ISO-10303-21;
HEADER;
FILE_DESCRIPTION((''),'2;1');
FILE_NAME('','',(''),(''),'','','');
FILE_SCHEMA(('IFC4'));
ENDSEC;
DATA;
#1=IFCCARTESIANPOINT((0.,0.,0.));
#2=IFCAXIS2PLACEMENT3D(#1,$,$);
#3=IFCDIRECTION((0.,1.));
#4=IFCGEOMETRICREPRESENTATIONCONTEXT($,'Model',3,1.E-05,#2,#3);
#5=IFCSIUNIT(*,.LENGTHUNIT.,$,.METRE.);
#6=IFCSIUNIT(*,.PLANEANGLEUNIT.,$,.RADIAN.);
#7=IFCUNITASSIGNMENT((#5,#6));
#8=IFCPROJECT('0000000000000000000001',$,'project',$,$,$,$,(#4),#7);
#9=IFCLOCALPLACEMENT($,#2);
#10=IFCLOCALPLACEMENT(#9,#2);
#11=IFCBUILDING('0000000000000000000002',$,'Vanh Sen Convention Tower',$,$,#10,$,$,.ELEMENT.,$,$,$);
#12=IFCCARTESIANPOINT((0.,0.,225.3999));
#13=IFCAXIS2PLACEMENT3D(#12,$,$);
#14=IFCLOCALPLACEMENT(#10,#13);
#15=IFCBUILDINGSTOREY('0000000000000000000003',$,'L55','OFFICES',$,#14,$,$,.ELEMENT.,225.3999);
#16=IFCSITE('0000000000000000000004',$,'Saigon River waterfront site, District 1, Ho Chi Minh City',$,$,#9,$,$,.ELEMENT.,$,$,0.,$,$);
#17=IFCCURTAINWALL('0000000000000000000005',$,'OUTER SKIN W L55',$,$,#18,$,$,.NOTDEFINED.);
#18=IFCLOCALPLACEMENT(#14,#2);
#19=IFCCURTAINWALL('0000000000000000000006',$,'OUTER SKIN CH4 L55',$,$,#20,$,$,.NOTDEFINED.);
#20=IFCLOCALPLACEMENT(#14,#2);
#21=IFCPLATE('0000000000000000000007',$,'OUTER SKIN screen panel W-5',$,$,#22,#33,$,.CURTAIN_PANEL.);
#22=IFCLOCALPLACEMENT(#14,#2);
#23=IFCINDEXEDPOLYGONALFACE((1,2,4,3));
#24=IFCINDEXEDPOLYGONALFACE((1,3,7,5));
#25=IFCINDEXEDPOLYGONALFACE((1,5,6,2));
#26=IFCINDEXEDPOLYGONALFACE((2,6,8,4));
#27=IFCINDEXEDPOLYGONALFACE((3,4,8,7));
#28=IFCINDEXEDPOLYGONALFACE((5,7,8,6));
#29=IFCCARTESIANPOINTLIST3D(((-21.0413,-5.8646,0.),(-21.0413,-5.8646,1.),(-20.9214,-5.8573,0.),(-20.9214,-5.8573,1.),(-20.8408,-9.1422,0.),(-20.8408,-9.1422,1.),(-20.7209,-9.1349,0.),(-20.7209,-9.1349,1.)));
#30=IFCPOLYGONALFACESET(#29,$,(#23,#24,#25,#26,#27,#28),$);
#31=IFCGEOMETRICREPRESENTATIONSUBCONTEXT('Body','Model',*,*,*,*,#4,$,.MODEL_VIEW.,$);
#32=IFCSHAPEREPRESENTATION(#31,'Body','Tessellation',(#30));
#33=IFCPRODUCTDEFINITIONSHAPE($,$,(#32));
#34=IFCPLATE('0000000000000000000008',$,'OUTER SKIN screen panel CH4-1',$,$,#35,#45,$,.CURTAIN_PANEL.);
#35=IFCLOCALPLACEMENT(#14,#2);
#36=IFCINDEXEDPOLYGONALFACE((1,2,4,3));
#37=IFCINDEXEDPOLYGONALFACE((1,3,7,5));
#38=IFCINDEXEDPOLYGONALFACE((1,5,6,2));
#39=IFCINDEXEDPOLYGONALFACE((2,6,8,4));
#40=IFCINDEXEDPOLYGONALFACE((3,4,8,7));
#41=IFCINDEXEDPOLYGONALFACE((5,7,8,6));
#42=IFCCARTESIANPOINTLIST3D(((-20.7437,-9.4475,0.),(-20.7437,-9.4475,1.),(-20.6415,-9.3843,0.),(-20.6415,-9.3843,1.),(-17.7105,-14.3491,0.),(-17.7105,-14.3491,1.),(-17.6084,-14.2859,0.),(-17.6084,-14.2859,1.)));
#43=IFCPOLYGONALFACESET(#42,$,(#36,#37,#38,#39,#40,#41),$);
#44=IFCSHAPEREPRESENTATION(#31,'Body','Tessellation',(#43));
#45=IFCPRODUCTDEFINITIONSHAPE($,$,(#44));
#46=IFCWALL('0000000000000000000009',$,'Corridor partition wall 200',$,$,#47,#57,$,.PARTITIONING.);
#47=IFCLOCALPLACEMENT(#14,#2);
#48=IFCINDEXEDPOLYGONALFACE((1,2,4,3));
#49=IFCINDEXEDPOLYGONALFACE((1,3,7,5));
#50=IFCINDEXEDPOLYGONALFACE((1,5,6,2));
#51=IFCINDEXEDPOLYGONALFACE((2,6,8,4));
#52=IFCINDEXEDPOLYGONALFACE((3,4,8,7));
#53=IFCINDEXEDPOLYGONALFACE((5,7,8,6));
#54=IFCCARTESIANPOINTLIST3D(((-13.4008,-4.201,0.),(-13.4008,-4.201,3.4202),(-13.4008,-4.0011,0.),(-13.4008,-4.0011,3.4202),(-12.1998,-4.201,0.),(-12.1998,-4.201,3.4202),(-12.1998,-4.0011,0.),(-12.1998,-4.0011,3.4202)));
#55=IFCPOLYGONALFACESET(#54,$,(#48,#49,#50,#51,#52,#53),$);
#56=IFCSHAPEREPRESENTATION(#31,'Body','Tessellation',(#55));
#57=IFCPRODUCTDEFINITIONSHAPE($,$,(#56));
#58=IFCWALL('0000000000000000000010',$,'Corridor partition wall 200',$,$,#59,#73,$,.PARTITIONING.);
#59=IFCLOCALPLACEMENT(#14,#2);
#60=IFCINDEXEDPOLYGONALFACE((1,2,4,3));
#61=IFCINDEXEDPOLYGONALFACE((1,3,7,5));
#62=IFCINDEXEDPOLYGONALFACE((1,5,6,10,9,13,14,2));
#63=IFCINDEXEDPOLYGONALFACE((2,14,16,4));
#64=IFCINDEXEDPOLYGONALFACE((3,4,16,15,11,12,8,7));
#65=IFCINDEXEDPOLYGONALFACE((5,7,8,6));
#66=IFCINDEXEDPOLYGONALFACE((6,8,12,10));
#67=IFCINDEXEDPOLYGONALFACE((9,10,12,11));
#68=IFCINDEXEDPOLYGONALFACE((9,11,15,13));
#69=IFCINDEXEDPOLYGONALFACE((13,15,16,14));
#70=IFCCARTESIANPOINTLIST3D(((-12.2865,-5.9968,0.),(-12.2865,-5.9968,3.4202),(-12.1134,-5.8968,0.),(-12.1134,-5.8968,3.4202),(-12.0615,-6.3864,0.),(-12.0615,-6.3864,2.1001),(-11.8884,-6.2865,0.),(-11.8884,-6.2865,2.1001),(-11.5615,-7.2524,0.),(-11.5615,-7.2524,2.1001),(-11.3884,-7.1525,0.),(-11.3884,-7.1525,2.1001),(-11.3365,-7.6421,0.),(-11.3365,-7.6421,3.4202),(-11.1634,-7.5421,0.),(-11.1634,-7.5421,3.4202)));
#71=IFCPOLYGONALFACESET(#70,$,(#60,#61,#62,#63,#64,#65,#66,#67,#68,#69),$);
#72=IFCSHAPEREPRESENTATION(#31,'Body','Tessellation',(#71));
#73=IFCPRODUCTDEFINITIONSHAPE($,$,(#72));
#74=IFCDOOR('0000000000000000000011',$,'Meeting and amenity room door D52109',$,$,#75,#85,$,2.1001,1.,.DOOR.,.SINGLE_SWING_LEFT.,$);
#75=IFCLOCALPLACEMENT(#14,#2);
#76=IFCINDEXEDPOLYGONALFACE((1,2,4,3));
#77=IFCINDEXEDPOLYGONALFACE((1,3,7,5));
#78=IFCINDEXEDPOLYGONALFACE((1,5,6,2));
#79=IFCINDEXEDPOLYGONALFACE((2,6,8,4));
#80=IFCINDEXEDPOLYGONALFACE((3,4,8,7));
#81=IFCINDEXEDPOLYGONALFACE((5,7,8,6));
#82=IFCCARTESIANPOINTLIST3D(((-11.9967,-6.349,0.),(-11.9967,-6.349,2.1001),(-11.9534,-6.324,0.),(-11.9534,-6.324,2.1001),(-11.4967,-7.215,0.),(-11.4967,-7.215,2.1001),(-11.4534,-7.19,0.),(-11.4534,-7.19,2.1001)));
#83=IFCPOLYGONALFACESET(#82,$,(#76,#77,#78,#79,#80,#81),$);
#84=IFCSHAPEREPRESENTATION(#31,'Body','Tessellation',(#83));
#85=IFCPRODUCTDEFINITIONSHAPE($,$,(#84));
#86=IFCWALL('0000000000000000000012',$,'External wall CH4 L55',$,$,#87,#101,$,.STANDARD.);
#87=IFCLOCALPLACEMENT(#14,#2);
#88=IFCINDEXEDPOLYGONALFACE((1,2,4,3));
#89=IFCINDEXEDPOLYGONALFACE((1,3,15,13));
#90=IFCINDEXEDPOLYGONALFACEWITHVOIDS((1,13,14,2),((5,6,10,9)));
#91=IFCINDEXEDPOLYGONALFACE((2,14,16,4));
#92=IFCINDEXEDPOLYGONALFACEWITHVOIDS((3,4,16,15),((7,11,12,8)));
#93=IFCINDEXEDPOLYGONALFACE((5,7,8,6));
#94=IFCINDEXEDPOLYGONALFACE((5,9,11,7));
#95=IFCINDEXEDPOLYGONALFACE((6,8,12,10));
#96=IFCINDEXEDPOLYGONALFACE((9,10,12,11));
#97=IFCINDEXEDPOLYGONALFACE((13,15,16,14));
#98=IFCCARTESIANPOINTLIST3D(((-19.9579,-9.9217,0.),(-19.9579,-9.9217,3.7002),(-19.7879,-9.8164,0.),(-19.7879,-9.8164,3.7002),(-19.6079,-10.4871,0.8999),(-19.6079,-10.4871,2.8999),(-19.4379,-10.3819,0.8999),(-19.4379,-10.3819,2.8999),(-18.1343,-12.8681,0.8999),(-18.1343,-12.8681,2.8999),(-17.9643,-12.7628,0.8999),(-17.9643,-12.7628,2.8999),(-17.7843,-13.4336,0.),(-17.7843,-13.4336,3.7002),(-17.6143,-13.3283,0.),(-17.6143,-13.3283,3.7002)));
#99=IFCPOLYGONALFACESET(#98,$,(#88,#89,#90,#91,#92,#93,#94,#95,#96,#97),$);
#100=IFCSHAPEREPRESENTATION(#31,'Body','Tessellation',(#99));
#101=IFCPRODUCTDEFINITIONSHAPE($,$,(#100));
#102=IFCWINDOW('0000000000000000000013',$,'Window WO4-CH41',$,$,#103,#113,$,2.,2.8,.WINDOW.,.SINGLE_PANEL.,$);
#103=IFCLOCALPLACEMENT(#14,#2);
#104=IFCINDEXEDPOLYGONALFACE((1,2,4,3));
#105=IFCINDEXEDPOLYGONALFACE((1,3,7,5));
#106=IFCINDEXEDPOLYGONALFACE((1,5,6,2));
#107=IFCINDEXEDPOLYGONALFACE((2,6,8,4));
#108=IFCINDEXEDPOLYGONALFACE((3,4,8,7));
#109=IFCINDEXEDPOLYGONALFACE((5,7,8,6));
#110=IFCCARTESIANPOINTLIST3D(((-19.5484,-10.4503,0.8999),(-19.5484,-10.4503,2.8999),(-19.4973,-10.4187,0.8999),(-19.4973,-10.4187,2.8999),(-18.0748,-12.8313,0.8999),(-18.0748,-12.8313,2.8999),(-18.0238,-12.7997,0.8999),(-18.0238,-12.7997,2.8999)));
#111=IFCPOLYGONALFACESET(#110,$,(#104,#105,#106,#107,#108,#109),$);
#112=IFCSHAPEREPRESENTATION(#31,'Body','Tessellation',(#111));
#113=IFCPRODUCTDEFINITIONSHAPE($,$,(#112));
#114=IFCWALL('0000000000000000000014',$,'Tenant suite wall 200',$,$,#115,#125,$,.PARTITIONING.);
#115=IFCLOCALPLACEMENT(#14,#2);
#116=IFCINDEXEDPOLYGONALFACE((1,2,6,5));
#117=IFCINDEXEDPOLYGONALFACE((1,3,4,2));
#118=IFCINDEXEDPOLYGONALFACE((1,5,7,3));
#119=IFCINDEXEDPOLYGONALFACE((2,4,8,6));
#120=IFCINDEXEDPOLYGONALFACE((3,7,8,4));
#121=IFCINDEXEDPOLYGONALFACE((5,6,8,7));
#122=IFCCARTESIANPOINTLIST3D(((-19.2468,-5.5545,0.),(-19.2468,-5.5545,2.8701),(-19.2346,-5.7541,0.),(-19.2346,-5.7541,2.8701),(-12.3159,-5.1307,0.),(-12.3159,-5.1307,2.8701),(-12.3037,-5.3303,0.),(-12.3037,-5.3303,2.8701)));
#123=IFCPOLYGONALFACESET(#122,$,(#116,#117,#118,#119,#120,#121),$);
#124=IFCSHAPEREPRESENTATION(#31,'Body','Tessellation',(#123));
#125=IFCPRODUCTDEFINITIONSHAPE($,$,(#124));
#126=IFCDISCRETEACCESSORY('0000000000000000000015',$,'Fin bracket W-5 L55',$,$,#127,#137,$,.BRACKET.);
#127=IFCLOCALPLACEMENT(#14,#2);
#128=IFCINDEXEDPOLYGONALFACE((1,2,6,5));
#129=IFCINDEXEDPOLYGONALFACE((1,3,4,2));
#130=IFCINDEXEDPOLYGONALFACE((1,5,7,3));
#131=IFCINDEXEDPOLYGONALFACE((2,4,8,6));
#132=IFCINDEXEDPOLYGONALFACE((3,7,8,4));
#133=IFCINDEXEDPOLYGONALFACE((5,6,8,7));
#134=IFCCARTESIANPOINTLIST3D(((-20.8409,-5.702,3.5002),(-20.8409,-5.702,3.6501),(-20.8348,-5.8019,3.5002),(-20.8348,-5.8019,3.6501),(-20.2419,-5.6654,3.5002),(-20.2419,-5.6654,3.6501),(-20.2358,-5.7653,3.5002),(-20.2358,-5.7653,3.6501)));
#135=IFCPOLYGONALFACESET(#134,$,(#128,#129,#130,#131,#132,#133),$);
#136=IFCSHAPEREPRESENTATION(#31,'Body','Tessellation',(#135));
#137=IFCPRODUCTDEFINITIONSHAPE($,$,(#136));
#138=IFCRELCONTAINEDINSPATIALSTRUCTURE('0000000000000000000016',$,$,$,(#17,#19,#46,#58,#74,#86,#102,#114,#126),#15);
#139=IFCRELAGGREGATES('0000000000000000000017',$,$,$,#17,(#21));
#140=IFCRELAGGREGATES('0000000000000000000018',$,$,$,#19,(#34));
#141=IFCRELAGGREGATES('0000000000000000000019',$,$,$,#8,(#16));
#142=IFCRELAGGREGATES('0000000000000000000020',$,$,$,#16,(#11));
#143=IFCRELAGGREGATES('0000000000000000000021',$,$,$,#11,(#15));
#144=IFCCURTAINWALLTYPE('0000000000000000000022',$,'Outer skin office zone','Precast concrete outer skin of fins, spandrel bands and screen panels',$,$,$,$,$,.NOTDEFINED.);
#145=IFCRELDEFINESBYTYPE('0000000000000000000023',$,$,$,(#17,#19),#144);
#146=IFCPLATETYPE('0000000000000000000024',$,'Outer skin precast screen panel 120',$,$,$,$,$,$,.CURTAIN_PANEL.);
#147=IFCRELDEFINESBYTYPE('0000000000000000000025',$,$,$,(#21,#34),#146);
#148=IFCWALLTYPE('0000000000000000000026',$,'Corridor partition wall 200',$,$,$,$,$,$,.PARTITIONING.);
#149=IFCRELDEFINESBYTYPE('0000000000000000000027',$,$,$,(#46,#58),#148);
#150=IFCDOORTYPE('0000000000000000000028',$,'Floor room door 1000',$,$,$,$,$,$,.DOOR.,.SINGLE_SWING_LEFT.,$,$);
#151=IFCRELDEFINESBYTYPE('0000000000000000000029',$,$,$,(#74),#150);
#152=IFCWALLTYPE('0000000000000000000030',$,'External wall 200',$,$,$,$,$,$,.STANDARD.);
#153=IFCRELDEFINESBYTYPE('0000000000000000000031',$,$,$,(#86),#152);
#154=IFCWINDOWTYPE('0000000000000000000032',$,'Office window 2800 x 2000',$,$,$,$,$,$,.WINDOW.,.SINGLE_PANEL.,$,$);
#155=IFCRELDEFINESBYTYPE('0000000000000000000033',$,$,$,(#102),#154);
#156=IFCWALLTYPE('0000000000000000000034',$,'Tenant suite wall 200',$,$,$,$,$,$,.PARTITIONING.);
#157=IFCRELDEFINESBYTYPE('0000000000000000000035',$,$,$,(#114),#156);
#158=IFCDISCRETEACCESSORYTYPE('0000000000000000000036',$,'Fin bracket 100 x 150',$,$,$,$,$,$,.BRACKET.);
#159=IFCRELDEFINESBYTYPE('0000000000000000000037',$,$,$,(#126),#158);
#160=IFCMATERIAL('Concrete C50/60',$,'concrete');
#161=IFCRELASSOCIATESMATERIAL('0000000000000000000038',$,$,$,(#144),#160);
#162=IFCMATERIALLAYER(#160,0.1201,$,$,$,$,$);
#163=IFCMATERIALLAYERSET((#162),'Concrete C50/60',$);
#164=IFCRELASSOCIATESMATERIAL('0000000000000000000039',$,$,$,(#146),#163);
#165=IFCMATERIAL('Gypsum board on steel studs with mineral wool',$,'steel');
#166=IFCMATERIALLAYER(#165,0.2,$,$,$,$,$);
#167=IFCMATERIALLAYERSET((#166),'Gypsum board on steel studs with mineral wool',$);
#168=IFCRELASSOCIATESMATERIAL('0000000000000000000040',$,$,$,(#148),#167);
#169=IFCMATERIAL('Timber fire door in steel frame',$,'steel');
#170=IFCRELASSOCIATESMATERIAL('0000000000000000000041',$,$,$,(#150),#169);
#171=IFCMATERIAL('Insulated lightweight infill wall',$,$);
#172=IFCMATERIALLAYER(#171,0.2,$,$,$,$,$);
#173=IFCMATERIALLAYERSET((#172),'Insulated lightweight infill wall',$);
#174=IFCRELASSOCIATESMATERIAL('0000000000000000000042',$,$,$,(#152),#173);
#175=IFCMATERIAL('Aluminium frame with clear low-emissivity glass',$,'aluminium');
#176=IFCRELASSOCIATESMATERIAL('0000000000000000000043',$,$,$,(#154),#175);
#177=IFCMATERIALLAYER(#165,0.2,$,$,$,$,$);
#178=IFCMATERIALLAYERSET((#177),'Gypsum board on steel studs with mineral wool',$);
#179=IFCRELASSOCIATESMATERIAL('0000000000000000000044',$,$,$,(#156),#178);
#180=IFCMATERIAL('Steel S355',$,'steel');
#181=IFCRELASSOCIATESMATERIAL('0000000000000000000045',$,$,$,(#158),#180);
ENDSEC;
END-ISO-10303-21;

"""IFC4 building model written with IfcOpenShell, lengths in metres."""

from ifc_helpers import new_model, si_unit, direction, frame, frame_2d, origin, origin_2d, place, context, subcontext, project, spatial, rectangle, extrude, material, layer, layer_set, type_object, element, fill, aggregate, save


model = new_model("IFC4")

# Units and contexts
model_context = context("Model", 3, precision=1e-05, world=origin(), true_north=direction((0.0, 1.0)))
body_context = subcontext(model_context, "Body", "Model", "MODEL_VIEW")
ifc_project = project(units=[si_unit("LENGTHUNIT", "METRE"), si_unit("PLANEANGLEUNIT", "RADIAN")], contexts=[model_context])

# Site, building, storey
site_placement = place(None, origin())
site = spatial("IfcSite", under=ifc_project, at=site_placement, Name="Saigon River waterfront site, District 1, Ho Chi Minh City", CompositionType="ELEMENT", RefElevation=0.0)
building_placement = place(site_placement, origin())
building = spatial("IfcBuilding", under=site, at=building_placement, Name="Vanh Sen Convention Tower", CompositionType="ELEMENT")
storey_placement = place(building_placement, frame((0.0, 0.0, 225.3999)))
storey = spatial("IfcBuildingStorey", under=building, at=storey_placement, Name="L55", Description="OFFICES", CompositionType="ELEMENT", Elevation=225.3999)

# Curtain wall
ifc_material_1 = material(Name="Concrete C50/60", Category="concrete")
curtain_wall_type = type_object("IfcCurtainWallType", Name="Outer skin office zone", Description="Precast concrete outer skin of fins, spandrel bands and screen panels", PredefinedType="NOTDEFINED", material=ifc_material_1)
curtain_wall_1_placement = place(storey_placement, origin())
curtain_wall_1 = element("IfcCurtainWall", 1, at=curtain_wall_1_placement, inside=storey, type_object=curtain_wall_type, Name="OUTER SKIN W L55", PredefinedType="NOTDEFINED")

# Curtain wall
curtain_wall_2_placement = place(storey_placement, origin())
curtain_wall_2 = element("IfcCurtainWall", 2, at=curtain_wall_2_placement, inside=storey, type_object=curtain_wall_type, Name="OUTER SKIN CH4 L55", PredefinedType="NOTDEFINED")

# Plates
ifc_layer_1 = layer(ifc_material_1, 0.1201)
ifc_layer_set_1 = layer_set([ifc_layer_1], Name="Concrete C50/60")
plate_type = type_object("IfcPlateType", Name="Outer skin precast screen panel 120", PredefinedType="CURTAIN_PANEL", material=ifc_layer_set_1)
plate_1_placement = place(storey_placement, frame((-20.8811, -7.4998, 0.0), z_axis=(0.0, 0.0, 1.0), x_axis=(0.061069, -0.998134, 0.0)))
plate_1 = element("IfcPlate", 3, at=plate_1_placement, type_object=plate_type, Name="OUTER SKIN screen panel W-5", PredefinedType="CURTAIN_PANEL", context=body_context, shape_type="SweptSolid", body=[
    extrude(rectangle(XDim=3.2837, YDim=0.1201, at=origin_2d()), origin(), (0.0, 0.0, 1.0), 1.0),
])
aggregate(curtain_wall_1, [plate_1])
plate_2_placement = place(storey_placement, frame((-19.176, -11.8667, 0.0), z_axis=(0.0, 0.0, 1.0), x_axis=(0.526215, -0.850351, 0.0)))
plate_2 = element("IfcPlate", 4, at=plate_2_placement, type_object=plate_type, Name="OUTER SKIN screen panel CH4-1", PredefinedType="CURTAIN_PANEL", context=body_context, shape_type="SweptSolid", body=[
    extrude(rectangle(XDim=5.7642, YDim=0.1201, at=origin_2d()), origin(), (0.0, 0.0, 1.0), 1.0),
])
aggregate(curtain_wall_2, [plate_2])

# Wall
ifc_material_2 = material(Name="Gypsum board on steel studs with mineral wool", Category="steel")
ifc_layer_2 = layer(ifc_material_2, 0.2)
ifc_layer_set_2 = layer_set([ifc_layer_2], Name="Gypsum board on steel studs with mineral wool")
wall_type_1 = type_object("IfcWallType", Name="Corridor partition wall 200", PredefinedType="PARTITIONING", material=ifc_layer_set_2)
wall_1_placement = place(storey_placement, frame((-13.4009, -4.1011, 0.0), z_axis=(0.0, 0.0, 1.0), x_axis=(1.0, 0.0, 0.0)))
element("IfcWall", 5, at=wall_1_placement, inside=storey, type_object=wall_type_1, Name="Corridor partition wall 200", PredefinedType="PARTITIONING", context=body_context, shape_type="SweptSolid", body=[
    extrude(rectangle(XDim=1.2009, YDim=0.2, at=frame_2d((0.6006, 0.0))), origin(), (0.0, 0.0, 1.0), 3.4202),
])

# Wall, opening, door
wall_2_placement = place(storey_placement, frame((-12.2, -5.9468, 0.0), z_axis=(0.0, 0.0, 1.0), x_axis=(0.500023, -0.866012, 0.0)))
wall_2 = element("IfcWall", 6, at=wall_2_placement, inside=storey, type_object=wall_type_1, Name="Corridor partition wall 200", PredefinedType="PARTITIONING", context=body_context, shape_type="SweptSolid", body=[
    extrude(rectangle(XDim=1.8999, YDim=0.2, at=frame_2d((0.95, 0.0))), origin(), (0.0, 0.0, 1.0), 3.4202),
])
opening_1_placement = place(wall_2_placement, frame((0.45, 0.0, 0.0)))
opening_1 = element("IfcOpeningElement", 7, at=opening_1_placement, cuts=wall_2, PredefinedType="OPENING", context=body_context, shape_type="SweptSolid", body=[
    extrude(rectangle(XDim=1.0, YDim=2.1001, at=frame_2d((0.5, 1.05))), frame((0.0, 0.1099, 0.0), z_axis=(0.0, -1.0, 0.0), x_axis=(1.0, 0.0, 0.0)), (0.0, 0.0, 1.0), 0.22),
])
ifc_material_3 = material(Name="Timber fire door in steel frame", Category="steel")
door_type = type_object("IfcDoorType", Name="Floor room door 1000", OperationType="SINGLE_SWING_LEFT", PredefinedType="DOOR", material=ifc_material_3)
door_placement = place(opening_1_placement, origin())
door = element("IfcDoor", 8, at=door_placement, inside=storey, type_object=door_type, Name="Meeting and amenity room door D52109", OperationType="SINGLE_SWING_LEFT", OverallHeight=2.1001, OverallWidth=1.0, PredefinedType="DOOR", context=body_context, shape_type="SweptSolid", body=[
    extrude(rectangle(XDim=1.0, YDim=2.1001, at=frame_2d((0.5, 1.05))), frame((0.0, 0.0249, 0.0), z_axis=(0.0, -1.0, 0.0), x_axis=(1.0, 0.0, 0.0)), (0.0, 0.0, 1.0), 0.05),
])
fill(opening_1, door)

# Wall, opening, window
ifc_material_4 = material(Name="Insulated lightweight infill wall")
ifc_layer_3 = layer(ifc_material_4, 0.2)
ifc_layer_set_3 = layer_set([ifc_layer_3], Name="Insulated lightweight infill wall")
wall_type_2 = type_object("IfcWallType", Name="External wall 200", PredefinedType="STANDARD", material=ifc_layer_set_3)
wall_3_placement = place(storey_placement, frame((-19.8728, -9.8691, 0.0), z_axis=(0.0, 0.0, 1.0), x_axis=(0.526269, -0.850318, 0.0)))
wall_3 = element("IfcWall", 9, at=wall_3_placement, inside=storey, type_object=wall_type_2, Name="External wall CH4 L55", PredefinedType="STANDARD", context=body_context, shape_type="SweptSolid", body=[
    extrude(rectangle(XDim=4.1301, YDim=0.2, at=frame_2d((2.0649, 0.0))), origin(), (0.0, 0.0, 1.0), 3.7002),
])
opening_2_placement = place(wall_3_placement, frame((0.665, 0.0, 0.8999)))
opening_2 = element("IfcOpeningElement", 10, at=opening_2_placement, cuts=wall_3, PredefinedType="OPENING", context=body_context, shape_type="SweptSolid", body=[
    extrude(rectangle(XDim=2.8, YDim=2.0, at=frame_2d((1.3999, 1.0))), frame((0.0, 0.1099, 0.0), z_axis=(0.0, -1.0, 0.0), x_axis=(1.0, 0.0, 0.0)), (0.0, 0.0, 1.0), 0.22),
])
ifc_material_5 = material(Name="Aluminium frame with clear low-emissivity glass", Category="aluminium")
window_type = type_object("IfcWindowType", Name="Office window 2800 x 2000", PartitioningType="SINGLE_PANEL", PredefinedType="WINDOW", material=ifc_material_5)
window_placement = place(opening_2_placement, origin())
window = element("IfcWindow", 11, at=window_placement, inside=storey, type_object=window_type, Name="Window WO4-CH41", OverallHeight=2.0, OverallWidth=2.8, PartitioningType="SINGLE_PANEL", PredefinedType="WINDOW", context=body_context, shape_type="SweptSolid", body=[
    extrude(rectangle(XDim=2.8, YDim=2.0, at=frame_2d((1.3999, 1.0))), frame((0.0, 0.03, 0.0), z_axis=(0.0, -1.0, 0.0), x_axis=(1.0, 0.0, 0.0)), (0.0, 0.0, 1.0), 0.0601),
])
fill(opening_2, window)

# Wall
ifc_layer_4 = layer(ifc_material_2, 0.2)
ifc_layer_set_4 = layer_set([ifc_layer_4], Name="Gypsum board on steel studs with mineral wool")
wall_type_3 = type_object("IfcWallType", Name="Tenant suite wall 200", PredefinedType="PARTITIONING", material=ifc_layer_set_4)
wall_4_placement = place(storey_placement, frame((-19.2407, -5.6543, 0.0), z_axis=(0.0, 0.0, 1.0), x_axis=(0.998136, 0.061036, 0.0)))
element("IfcWall", 12, at=wall_4_placement, inside=storey, type_object=wall_type_3, Name="Tenant suite wall 200", PredefinedType="PARTITIONING", context=body_context, shape_type="SweptSolid", body=[
    extrude(rectangle(XDim=6.9438, YDim=0.2, at=frame_2d((3.4719, 0.0))), origin(), (0.0, 0.0, 1.0), 2.8701),
])

# Discrete accessory
ifc_material_6 = material(Name="Steel S355", Category="steel")
discrete_accessory_type = type_object("IfcDiscreteAccessoryType", Name="Fin bracket 100 x 150", PredefinedType="BRACKET", material=ifc_material_6)
discrete_accessory_placement = place(storey_placement, frame((-20.5383, -5.7336, 3.5002), z_axis=(0.0, 0.0, 1.0), x_axis=(-0.998135, -0.061049, 0.0)))
element("IfcDiscreteAccessory", 13, at=discrete_accessory_placement, inside=storey, type_object=discrete_accessory_type, Name="Fin bracket W-5 L55", PredefinedType="BRACKET", context=body_context, shape_type="SweptSolid", body=[
    extrude(rectangle(XDim=0.6001, YDim=0.1001, at=origin_2d()), origin(), (0.0, 0.0, 1.0), 0.1499),
])

save(model, "model.ifc")
